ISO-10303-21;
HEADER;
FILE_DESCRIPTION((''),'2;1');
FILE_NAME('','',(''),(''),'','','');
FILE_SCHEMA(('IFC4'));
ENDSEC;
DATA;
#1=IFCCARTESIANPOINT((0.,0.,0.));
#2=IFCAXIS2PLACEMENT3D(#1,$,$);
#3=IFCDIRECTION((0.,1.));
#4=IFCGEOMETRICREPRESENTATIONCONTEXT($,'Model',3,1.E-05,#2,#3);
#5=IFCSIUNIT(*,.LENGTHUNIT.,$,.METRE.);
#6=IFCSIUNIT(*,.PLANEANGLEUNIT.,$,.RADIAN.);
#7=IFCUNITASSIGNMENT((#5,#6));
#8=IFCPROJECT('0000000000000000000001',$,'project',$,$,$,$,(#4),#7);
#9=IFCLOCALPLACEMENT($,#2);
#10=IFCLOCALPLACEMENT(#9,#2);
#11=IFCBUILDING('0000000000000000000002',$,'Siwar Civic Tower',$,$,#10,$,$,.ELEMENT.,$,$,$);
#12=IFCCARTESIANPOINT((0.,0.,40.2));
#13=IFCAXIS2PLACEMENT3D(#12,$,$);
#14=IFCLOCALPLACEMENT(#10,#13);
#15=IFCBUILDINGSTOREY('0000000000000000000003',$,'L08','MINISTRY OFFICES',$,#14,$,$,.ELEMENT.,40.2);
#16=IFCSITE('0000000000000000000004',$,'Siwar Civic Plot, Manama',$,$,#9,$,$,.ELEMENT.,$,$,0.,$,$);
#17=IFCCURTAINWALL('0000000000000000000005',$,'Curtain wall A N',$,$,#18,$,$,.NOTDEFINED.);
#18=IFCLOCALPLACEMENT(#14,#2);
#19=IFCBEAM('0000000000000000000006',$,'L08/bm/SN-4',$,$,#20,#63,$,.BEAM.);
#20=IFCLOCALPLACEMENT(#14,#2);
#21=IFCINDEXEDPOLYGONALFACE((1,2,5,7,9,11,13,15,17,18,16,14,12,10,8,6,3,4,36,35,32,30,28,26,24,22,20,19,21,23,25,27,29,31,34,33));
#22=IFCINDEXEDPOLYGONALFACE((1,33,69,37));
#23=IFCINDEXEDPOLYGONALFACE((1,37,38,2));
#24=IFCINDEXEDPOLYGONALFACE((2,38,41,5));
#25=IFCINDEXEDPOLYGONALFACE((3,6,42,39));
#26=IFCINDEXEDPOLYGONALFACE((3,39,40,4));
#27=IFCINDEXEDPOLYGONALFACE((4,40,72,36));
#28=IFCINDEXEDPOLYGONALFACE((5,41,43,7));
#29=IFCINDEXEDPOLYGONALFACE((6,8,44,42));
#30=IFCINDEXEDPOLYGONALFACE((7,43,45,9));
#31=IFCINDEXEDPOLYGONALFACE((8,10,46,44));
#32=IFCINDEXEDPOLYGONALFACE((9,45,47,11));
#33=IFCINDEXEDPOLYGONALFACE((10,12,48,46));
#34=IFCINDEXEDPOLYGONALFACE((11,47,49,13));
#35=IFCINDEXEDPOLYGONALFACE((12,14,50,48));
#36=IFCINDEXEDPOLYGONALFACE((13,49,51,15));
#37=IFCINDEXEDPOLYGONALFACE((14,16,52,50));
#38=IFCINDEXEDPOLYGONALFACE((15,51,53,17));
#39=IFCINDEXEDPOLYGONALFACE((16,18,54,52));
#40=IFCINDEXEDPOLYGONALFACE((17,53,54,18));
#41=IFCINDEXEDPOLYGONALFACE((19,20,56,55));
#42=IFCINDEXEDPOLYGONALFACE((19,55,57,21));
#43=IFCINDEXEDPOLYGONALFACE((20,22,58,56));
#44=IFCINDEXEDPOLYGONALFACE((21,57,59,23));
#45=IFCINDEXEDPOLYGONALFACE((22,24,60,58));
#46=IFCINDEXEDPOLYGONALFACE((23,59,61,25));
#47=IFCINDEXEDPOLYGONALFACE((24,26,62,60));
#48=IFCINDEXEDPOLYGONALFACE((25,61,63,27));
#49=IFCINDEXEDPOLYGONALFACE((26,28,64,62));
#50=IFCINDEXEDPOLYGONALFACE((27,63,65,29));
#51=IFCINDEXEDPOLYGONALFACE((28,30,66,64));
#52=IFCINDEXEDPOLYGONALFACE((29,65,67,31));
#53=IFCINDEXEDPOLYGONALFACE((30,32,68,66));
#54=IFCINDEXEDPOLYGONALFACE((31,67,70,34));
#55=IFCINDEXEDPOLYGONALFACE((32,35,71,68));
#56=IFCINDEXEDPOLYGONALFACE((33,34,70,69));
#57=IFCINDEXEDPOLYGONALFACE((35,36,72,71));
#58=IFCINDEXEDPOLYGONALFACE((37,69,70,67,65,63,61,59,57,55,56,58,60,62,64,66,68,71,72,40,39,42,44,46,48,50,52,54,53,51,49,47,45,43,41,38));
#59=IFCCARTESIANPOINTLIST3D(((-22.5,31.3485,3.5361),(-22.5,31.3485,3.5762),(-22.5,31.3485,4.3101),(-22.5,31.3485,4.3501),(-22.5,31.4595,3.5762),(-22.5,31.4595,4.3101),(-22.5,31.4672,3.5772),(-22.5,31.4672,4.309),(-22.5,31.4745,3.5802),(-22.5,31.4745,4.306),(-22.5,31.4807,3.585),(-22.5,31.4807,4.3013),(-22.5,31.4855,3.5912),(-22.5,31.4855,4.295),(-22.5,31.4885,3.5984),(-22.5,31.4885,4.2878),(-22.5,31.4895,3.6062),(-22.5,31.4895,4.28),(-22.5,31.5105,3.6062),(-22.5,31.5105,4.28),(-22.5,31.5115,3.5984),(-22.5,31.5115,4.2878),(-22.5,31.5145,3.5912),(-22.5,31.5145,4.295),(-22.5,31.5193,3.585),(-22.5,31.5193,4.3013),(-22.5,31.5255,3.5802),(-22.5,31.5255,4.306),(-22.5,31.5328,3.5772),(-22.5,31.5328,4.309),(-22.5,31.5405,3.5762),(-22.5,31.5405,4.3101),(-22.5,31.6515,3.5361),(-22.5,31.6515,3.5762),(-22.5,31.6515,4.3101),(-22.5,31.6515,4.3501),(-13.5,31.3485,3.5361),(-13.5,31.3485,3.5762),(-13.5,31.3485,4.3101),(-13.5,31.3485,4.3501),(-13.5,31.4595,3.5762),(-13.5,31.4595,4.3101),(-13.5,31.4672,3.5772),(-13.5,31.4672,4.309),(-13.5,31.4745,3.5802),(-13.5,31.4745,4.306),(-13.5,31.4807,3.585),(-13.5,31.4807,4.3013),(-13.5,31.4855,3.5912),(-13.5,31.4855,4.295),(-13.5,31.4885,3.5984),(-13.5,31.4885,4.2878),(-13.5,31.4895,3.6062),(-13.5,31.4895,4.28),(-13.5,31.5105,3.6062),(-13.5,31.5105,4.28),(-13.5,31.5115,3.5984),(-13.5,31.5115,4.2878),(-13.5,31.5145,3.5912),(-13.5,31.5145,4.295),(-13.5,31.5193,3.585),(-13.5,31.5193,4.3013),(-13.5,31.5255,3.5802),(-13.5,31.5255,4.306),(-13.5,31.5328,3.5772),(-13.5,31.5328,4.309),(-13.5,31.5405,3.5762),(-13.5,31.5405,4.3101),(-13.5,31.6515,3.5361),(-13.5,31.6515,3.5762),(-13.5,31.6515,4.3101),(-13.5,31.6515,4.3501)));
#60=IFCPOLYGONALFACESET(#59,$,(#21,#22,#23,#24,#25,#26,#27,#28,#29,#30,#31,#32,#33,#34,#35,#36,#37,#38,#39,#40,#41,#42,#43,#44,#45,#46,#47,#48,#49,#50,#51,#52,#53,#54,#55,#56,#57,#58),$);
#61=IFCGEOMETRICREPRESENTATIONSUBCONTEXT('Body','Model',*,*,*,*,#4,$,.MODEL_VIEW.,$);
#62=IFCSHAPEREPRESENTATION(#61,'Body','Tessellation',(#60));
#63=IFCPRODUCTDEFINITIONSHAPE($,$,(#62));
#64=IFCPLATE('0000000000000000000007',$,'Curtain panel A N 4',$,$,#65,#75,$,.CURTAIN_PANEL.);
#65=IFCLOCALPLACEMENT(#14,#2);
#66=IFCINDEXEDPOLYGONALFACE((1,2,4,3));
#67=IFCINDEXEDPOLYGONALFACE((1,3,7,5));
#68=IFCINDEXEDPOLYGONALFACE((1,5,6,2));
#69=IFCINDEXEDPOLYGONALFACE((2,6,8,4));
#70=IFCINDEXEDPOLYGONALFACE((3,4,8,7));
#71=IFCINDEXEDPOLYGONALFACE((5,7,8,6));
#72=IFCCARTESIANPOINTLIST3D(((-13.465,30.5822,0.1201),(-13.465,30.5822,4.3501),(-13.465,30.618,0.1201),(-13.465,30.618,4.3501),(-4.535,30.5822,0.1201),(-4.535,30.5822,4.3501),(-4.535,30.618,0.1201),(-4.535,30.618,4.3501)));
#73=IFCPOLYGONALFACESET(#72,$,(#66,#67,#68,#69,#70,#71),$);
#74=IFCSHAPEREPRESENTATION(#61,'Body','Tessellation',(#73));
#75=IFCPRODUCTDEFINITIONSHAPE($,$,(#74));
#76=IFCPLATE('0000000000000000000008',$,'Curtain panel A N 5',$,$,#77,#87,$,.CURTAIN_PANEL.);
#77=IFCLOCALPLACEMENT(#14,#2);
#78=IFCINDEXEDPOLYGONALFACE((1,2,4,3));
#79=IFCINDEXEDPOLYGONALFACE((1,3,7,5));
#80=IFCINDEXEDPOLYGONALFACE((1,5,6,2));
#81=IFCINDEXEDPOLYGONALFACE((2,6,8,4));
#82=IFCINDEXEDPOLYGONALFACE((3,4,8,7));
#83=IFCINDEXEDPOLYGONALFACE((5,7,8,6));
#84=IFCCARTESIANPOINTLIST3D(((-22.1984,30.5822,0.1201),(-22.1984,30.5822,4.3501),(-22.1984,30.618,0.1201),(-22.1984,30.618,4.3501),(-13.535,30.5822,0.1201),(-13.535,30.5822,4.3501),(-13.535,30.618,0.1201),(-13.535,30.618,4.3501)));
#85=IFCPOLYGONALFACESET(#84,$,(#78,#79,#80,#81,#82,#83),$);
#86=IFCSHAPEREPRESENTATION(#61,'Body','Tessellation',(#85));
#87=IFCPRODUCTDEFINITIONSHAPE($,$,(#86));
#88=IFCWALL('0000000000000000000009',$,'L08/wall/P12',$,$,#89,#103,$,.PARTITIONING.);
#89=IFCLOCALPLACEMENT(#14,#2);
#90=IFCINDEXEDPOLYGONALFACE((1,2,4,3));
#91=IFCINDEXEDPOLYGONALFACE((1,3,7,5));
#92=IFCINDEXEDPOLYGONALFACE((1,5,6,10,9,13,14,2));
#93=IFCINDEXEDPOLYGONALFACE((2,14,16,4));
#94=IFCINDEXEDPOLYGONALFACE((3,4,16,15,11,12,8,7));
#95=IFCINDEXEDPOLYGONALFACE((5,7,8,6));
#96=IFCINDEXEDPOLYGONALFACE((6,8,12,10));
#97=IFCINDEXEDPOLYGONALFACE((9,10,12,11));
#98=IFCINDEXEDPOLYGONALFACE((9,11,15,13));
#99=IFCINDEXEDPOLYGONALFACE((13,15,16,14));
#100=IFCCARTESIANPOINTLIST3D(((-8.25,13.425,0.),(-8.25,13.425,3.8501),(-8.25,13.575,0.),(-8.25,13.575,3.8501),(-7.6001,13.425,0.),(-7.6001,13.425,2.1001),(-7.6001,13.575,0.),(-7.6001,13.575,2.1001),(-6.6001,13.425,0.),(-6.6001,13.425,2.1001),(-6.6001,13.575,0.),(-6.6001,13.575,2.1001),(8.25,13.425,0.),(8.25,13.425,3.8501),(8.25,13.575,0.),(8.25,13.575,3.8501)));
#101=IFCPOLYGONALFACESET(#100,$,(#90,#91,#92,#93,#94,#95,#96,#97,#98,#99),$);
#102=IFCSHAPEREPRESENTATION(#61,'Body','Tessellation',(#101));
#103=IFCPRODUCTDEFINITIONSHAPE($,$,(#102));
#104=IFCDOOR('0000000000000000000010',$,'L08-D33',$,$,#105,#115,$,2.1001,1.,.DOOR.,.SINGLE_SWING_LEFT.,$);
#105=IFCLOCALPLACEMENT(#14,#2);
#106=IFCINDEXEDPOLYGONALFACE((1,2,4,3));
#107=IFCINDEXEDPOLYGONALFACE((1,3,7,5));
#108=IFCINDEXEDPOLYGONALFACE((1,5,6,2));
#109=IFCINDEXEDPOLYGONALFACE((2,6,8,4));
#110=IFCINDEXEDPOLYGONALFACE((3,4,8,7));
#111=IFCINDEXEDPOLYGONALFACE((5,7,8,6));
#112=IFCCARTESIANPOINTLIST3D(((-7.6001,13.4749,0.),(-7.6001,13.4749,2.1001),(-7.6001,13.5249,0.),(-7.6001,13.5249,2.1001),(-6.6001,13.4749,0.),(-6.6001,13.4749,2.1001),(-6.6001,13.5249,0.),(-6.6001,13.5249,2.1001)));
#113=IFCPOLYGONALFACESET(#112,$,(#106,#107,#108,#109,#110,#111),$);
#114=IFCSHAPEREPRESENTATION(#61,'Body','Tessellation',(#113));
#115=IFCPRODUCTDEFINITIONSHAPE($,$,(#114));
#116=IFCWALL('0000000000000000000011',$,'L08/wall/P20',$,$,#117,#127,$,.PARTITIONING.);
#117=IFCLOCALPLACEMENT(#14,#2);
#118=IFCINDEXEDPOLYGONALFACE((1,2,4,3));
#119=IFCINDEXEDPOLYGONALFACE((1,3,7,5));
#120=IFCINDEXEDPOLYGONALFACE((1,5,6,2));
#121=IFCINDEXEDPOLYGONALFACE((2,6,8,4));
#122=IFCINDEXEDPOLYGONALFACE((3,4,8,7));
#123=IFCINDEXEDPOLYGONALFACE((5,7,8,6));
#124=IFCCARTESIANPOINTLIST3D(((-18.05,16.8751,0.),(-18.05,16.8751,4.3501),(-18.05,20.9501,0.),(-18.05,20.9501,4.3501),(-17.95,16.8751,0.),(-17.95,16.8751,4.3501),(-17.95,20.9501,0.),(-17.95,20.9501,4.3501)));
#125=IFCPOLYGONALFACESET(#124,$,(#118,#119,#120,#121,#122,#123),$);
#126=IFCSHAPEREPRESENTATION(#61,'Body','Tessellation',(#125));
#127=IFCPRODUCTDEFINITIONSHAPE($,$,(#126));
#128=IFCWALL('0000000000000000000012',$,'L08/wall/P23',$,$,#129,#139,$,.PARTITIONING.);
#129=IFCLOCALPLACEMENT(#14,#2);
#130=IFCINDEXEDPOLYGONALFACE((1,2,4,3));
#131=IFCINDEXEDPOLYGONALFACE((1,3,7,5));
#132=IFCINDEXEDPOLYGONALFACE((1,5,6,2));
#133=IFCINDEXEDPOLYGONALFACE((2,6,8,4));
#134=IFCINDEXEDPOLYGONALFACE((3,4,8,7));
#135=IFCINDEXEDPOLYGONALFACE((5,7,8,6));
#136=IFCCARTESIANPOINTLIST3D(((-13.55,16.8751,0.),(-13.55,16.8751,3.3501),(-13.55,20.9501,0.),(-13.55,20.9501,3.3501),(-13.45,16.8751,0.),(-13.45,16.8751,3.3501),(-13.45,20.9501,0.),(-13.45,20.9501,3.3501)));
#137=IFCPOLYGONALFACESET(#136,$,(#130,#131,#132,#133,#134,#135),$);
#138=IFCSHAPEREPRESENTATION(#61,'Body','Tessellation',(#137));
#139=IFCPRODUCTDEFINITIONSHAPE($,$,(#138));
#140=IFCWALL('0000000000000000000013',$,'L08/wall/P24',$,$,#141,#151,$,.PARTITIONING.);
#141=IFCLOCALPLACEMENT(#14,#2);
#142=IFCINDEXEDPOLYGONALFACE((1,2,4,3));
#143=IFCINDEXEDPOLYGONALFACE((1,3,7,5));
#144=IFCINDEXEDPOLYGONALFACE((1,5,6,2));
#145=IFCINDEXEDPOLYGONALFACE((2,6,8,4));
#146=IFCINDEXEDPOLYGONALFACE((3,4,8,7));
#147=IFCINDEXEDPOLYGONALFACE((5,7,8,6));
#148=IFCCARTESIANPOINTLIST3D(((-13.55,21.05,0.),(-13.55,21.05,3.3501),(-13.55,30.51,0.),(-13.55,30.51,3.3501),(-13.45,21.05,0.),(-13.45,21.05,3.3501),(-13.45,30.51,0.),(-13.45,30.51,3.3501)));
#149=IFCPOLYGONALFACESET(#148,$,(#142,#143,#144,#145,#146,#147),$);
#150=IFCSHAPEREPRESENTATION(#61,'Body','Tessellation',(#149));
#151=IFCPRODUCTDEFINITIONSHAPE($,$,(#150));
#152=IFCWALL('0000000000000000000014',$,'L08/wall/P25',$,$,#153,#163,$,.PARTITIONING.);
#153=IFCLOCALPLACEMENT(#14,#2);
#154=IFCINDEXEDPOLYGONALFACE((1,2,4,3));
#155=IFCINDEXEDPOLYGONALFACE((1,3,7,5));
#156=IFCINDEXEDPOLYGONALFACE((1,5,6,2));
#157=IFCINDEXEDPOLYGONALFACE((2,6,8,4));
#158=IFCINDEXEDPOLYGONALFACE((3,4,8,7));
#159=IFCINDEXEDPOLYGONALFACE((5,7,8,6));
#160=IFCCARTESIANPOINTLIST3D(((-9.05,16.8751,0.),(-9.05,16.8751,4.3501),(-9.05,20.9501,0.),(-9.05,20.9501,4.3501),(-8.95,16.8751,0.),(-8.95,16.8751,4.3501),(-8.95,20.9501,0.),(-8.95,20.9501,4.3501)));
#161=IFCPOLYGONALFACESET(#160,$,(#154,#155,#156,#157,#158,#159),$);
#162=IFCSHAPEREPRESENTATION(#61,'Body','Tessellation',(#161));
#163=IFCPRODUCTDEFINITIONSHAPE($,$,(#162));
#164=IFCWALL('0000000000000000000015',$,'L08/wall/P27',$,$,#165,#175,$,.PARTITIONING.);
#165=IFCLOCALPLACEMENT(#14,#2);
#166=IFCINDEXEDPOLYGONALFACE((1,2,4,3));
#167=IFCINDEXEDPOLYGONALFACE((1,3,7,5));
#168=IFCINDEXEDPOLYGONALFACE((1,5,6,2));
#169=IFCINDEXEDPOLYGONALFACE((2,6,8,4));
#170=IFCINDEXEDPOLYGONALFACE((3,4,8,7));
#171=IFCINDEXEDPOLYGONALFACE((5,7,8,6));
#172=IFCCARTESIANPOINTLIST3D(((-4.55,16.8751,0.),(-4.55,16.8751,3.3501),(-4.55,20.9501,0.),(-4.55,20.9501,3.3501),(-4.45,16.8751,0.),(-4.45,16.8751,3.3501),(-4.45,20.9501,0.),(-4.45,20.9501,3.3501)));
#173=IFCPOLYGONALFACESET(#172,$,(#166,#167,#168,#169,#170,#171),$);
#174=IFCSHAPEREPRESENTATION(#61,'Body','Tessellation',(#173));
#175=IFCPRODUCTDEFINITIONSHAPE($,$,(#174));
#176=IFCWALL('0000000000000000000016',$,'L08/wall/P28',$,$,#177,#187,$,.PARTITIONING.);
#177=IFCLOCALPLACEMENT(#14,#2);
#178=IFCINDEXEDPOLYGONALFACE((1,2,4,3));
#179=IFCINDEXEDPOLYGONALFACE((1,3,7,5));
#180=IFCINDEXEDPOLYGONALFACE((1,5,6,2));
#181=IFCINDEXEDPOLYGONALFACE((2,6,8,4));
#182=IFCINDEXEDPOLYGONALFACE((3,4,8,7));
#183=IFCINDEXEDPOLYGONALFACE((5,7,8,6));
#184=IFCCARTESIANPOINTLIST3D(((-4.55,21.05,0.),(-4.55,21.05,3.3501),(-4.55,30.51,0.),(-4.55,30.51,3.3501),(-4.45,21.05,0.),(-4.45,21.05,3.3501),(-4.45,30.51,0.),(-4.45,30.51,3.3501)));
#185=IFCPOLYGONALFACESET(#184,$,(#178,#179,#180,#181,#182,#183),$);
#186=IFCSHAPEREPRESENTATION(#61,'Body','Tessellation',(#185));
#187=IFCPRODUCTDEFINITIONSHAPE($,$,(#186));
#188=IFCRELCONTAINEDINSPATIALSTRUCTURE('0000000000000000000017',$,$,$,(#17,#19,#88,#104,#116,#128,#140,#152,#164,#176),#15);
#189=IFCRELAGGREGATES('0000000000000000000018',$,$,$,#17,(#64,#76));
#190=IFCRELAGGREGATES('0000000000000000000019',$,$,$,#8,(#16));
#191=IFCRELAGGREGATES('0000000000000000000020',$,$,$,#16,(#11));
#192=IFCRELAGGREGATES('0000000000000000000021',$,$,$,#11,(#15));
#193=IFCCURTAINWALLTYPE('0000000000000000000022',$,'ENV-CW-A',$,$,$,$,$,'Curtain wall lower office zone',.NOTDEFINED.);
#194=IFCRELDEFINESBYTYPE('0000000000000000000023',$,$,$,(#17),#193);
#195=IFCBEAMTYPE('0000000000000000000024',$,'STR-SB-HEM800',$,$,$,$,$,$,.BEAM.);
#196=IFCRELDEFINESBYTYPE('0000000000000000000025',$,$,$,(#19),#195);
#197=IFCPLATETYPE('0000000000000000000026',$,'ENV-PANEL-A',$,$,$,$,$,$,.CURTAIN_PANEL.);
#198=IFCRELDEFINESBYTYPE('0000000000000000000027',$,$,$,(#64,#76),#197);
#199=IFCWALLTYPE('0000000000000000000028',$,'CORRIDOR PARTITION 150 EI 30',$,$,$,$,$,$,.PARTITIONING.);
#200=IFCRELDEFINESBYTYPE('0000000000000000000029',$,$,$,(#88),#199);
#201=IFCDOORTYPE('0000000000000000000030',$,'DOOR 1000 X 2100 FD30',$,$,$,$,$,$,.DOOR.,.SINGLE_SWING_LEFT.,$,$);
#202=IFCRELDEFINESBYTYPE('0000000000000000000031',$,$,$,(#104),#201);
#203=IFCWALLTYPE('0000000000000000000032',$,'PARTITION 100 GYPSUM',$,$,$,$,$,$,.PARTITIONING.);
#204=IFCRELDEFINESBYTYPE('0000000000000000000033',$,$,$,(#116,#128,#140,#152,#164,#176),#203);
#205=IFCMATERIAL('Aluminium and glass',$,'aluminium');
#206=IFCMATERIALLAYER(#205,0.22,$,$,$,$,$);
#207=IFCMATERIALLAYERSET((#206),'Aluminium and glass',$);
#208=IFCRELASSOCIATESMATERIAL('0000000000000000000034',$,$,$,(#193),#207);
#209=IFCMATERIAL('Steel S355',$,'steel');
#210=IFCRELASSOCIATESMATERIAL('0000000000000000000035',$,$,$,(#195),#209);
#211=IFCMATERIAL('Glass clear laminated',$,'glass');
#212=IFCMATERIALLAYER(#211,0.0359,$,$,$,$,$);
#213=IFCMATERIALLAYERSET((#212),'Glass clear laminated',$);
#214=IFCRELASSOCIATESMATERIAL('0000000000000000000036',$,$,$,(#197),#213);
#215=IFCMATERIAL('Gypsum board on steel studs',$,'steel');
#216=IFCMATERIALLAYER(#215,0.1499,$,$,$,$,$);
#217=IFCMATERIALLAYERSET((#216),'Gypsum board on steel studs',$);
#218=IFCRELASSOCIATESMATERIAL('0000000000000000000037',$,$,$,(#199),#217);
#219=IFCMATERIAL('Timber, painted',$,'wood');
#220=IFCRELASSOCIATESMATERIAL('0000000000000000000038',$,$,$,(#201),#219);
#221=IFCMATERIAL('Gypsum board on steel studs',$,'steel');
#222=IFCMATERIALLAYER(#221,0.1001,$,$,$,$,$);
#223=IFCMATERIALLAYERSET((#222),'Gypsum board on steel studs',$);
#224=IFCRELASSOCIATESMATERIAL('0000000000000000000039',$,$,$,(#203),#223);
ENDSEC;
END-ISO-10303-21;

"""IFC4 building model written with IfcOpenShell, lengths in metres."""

from ifc_helpers import new_model, si_unit, direction, frame, frame_2d, origin, origin_2d, place, context, subcontext, project, spatial, rectangle, i_section, extrude, material, layer, layer_set, material_profile, profile_set, type_object, element, fill, aggregate, save


model = new_model("IFC4")

# Units and contexts
model_context = context("Model", 3, precision=1e-05, world=origin(), true_north=direction((0.0, 1.0)))
body_context = subcontext(model_context, "Body", "Model", "MODEL_VIEW")
ifc_project = project(units=[si_unit("LENGTHUNIT", "METRE"), si_unit("PLANEANGLEUNIT", "RADIAN")], contexts=[model_context])

# Site, building, storey
site_placement = place(None, origin())
site = spatial("IfcSite", under=ifc_project, at=site_placement, Name="Siwar Civic Plot, Manama", CompositionType="ELEMENT", RefElevation=0.0)
building_placement = place(site_placement, origin())
building = spatial("IfcBuilding", under=site, at=building_placement, Name="Siwar Civic Tower", CompositionType="ELEMENT")
storey_placement = place(building_placement, frame((0.0, 0.0, 40.2)))
storey = spatial("IfcBuildingStorey", under=building, at=storey_placement, Name="L08", Description="MINISTRY OFFICES", CompositionType="ELEMENT", Elevation=40.2)

# Curtain wall
ifc_material_1 = material(Name="Aluminium and glass", Category="aluminium")
ifc_layer_1 = layer(ifc_material_1, 0.22)
ifc_layer_set_1 = layer_set([ifc_layer_1], Name="Aluminium and glass")
curtain_wall_type = type_object("IfcCurtainWallType", Name="ENV-CW-A", ElementType="Curtain wall lower office zone", PredefinedType="NOTDEFINED", material=ifc_layer_set_1)
curtain_wall_placement = place(storey_placement, origin())
curtain_wall = element("IfcCurtainWall", 1, at=curtain_wall_placement, inside=storey, type_object=curtain_wall_type, Name="Curtain wall A N", PredefinedType="NOTDEFINED")

# Beam
ifc_material_2 = material(Name="Steel S355", Category="steel")
ifc_material_profile_1 = material_profile(ifc_material_2, i_section(OverallWidth=0.303, OverallDepth=0.814, WebThickness=0.021, FlangeThickness=0.04, FilletRadius=0.03, at=origin_2d()), Name="HEM800")
ifc_profile_set_1 = profile_set([ifc_material_profile_1], Name="Steel S355")
beam_type_1 = type_object("IfcBeamType", Name="STR-SB-HEM800", PredefinedType="BEAM", material=ifc_profile_set_1)
for number, where, z_axis, x_axis, name in (
    (2, (-13.5, 31.5, 3.9431), (-1.0, 0.0, 0.0), (0.0, -1.0, 0.0), "L08/bm/SN-4"),
):
    element("IfcBeam", number, at=place(storey_placement, frame(where, z_axis=z_axis, x_axis=x_axis)), inside=storey, type_object=beam_type_1, Name=name, PredefinedType="BEAM", context=body_context, shape_type="SweptSolid", body=[
        extrude(i_section(OverallWidth=0.303, OverallDepth=0.814, WebThickness=0.021, FlangeThickness=0.04, FilletRadius=0.03, at=origin_2d()), origin(), (0.0, 0.0, 1.0), 9.0),
    ])

# Plates
ifc_material_3 = material(Name="Glass clear laminated", Category="glass")
ifc_layer_2 = layer(ifc_material_3, 0.0359)
ifc_layer_set_2 = layer_set([ifc_layer_2], Name="Glass clear laminated")
plate_type = type_object("IfcPlateType", Name="ENV-PANEL-A", PredefinedType="CURTAIN_PANEL", material=ifc_layer_set_2)
plate_1_placement = place(storey_placement, frame((-9.0, 30.6001, 0.1201), z_axis=(0.0, 0.0, 1.0), x_axis=(-1.0, 0.0, 0.0)))
plate_1 = element("IfcPlate", 3, at=plate_1_placement, type_object=plate_type, Name="Curtain panel A N 4", PredefinedType="CURTAIN_PANEL", context=body_context, shape_type="SweptSolid", body=[
    extrude(rectangle(XDim=8.9299, YDim=0.0359, at=origin_2d()), origin(), (0.0, 0.0, 1.0), 4.23),
])
plate_2_placement = place(storey_placement, frame((-17.8667, 30.6001, 0.1201), z_axis=(0.0, 0.0, 1.0), x_axis=(-1.0, 0.0, 0.0)))
plate_2 = element("IfcPlate", 4, at=plate_2_placement, type_object=plate_type, Name="Curtain panel A N 5", PredefinedType="CURTAIN_PANEL", context=body_context, shape_type="SweptSolid", body=[
    extrude(rectangle(XDim=8.6633, YDim=0.0359, at=origin_2d()), origin(), (0.0, 0.0, 1.0), 4.23),
])
aggregate(curtain_wall, [plate_1, plate_2])

# Wall, opening, door
ifc_material_4 = material(Name="Gypsum board on steel studs", Category="steel")
ifc_layer_3 = layer(ifc_material_4, 0.1499)
ifc_layer_set_3 = layer_set([ifc_layer_3], Name="Gypsum board on steel studs")
wall_type_1 = type_object("IfcWallType", Name="CORRIDOR PARTITION 150 EI 30", PredefinedType="PARTITIONING", material=ifc_layer_set_3)
wall_1_placement = place(storey_placement, frame((-8.25, 13.5, 0.0), z_axis=(0.0, 0.0, 1.0), x_axis=(1.0, 0.0, 0.0)))
wall_1 = element("IfcWall", 5, at=wall_1_placement, inside=storey, type_object=wall_type_1, Name="L08/wall/P12", PredefinedType="PARTITIONING", context=body_context, shape_type="SweptSolid", body=[
    extrude(rectangle(XDim=16.5, YDim=0.1499, at=frame_2d((8.25, 0.0))), origin(), (0.0, 0.0, 1.0), 3.8501),
])
opening_placement = place(wall_1_placement, frame((0.6499, 0.0, 0.0)))
opening = element("IfcOpeningElement", 6, at=opening_placement, cuts=wall_1, PredefinedType="OPENING", context=body_context, shape_type="SweptSolid", body=[
    extrude(rectangle(XDim=1.0, YDim=2.1001, at=frame_2d((0.5, 1.05))), frame((0.0, 0.085, 0.0), z_axis=(0.0, -1.0, 0.0), x_axis=(1.0, 0.0, 0.0)), (0.0, 0.0, 1.0), 0.1699),
])
ifc_material_5 = material(Name="Timber, painted", Category="wood")
door_type = type_object("IfcDoorType", Name="DOOR 1000 X 2100 FD30", OperationType="SINGLE_SWING_LEFT", PredefinedType="DOOR", material=ifc_material_5)
door_placement = place(opening_placement, origin())
door = element("IfcDoor", 7, at=door_placement, inside=storey, type_object=door_type, Name="L08-D33", OperationType="SINGLE_SWING_LEFT", OverallHeight=2.1001, OverallWidth=1.0, PredefinedType="DOOR", context=body_context, shape_type="SweptSolid", body=[
    extrude(rectangle(XDim=1.0, YDim=2.1001, at=frame_2d((0.5, 1.05))), frame((0.0, 0.0249, 0.0), z_axis=(0.0, -1.0, 0.0), x_axis=(1.0, 0.0, 0.0)), (0.0, 0.0, 1.0), 0.05),
])
fill(opening, door)

# Walls
ifc_material_6 = material(Name="Gypsum board on steel studs", Category="steel")
ifc_layer_4 = layer(ifc_material_6, 0.1001)
ifc_layer_set_4 = layer_set([ifc_layer_4], Name="Gypsum board on steel studs")
wall_type_2 = type_object("IfcWallType", Name="PARTITION 100 GYPSUM", PredefinedType="PARTITIONING", material=ifc_layer_set_4)
wall_2_placement = place(storey_placement, frame((-18.0, 16.875, 0.0), z_axis=(0.0, 0.0, 1.0), x_axis=(0.0, 1.0, 0.0)))
element("IfcWall", 8, at=wall_2_placement, inside=storey, type_object=wall_type_2, Name="L08/wall/P20", PredefinedType="PARTITIONING", context=body_context, shape_type="SweptSolid", body=[
    extrude(rectangle(XDim=4.075, YDim=0.1001, at=frame_2d((2.0376, 0.0))), origin(), (0.0, 0.0, 1.0), 4.3501),
])
wall_3_placement = place(storey_placement, frame((-13.5, 16.875, 0.0), z_axis=(0.0, 0.0, 1.0), x_axis=(0.0, 1.0, 0.0)))
element("IfcWall", 9, at=wall_3_placement, inside=storey, type_object=wall_type_2, Name="L08/wall/P23", PredefinedType="PARTITIONING", context=body_context, shape_type="SweptSolid", body=[
    extrude(rectangle(XDim=4.075, YDim=0.1001, at=frame_2d((2.0376, 0.0))), origin(), (0.0, 0.0, 1.0), 3.3501),
])
wall_4_placement = place(storey_placement, frame((-13.5, 21.05, 0.0), z_axis=(0.0, 0.0, 1.0), x_axis=(0.0, 1.0, 0.0)))
element("IfcWall", 10, at=wall_4_placement, inside=storey, type_object=wall_type_2, Name="L08/wall/P24", PredefinedType="PARTITIONING", context=body_context, shape_type="SweptSolid", body=[
    extrude(rectangle(XDim=9.46, YDim=0.1001, at=frame_2d((4.73, 0.0))), origin(), (0.0, 0.0, 1.0), 3.3501),
])
wall_5_placement = place(storey_placement, frame((-9.0, 16.875, 0.0), z_axis=(0.0, 0.0, 1.0), x_axis=(0.0, 1.0, 0.0)))
element("IfcWall", 11, at=wall_5_placement, inside=storey, type_object=wall_type_2, Name="L08/wall/P25", PredefinedType="PARTITIONING", context=body_context, shape_type="SweptSolid", body=[
    extrude(rectangle(XDim=4.075, YDim=0.1001, at=frame_2d((2.0376, 0.0))), origin(), (0.0, 0.0, 1.0), 4.3501),
])
wall_6_placement = place(storey_placement, frame((-4.5, 16.875, 0.0), z_axis=(0.0, 0.0, 1.0), x_axis=(0.0, 1.0, 0.0)))
element("IfcWall", 12, at=wall_6_placement, inside=storey, type_object=wall_type_2, Name="L08/wall/P27", PredefinedType="PARTITIONING", context=body_context, shape_type="SweptSolid", body=[
    extrude(rectangle(XDim=4.075, YDim=0.1001, at=frame_2d((2.0376, 0.0))), origin(), (0.0, 0.0, 1.0), 3.3501),
])
wall_7_placement = place(storey_placement, frame((-4.5, 21.05, 0.0), z_axis=(0.0, 0.0, 1.0), x_axis=(0.0, 1.0, 0.0)))
element("IfcWall", 13, at=wall_7_placement, inside=storey, type_object=wall_type_2, Name="L08/wall/P28", PredefinedType="PARTITIONING", context=body_context, shape_type="SweptSolid", body=[
    extrude(rectangle(XDim=9.46, YDim=0.1001, at=frame_2d((4.73, 0.0))), origin(), (0.0, 0.0, 1.0), 3.3501),
])

save(model, "model.ifc")
